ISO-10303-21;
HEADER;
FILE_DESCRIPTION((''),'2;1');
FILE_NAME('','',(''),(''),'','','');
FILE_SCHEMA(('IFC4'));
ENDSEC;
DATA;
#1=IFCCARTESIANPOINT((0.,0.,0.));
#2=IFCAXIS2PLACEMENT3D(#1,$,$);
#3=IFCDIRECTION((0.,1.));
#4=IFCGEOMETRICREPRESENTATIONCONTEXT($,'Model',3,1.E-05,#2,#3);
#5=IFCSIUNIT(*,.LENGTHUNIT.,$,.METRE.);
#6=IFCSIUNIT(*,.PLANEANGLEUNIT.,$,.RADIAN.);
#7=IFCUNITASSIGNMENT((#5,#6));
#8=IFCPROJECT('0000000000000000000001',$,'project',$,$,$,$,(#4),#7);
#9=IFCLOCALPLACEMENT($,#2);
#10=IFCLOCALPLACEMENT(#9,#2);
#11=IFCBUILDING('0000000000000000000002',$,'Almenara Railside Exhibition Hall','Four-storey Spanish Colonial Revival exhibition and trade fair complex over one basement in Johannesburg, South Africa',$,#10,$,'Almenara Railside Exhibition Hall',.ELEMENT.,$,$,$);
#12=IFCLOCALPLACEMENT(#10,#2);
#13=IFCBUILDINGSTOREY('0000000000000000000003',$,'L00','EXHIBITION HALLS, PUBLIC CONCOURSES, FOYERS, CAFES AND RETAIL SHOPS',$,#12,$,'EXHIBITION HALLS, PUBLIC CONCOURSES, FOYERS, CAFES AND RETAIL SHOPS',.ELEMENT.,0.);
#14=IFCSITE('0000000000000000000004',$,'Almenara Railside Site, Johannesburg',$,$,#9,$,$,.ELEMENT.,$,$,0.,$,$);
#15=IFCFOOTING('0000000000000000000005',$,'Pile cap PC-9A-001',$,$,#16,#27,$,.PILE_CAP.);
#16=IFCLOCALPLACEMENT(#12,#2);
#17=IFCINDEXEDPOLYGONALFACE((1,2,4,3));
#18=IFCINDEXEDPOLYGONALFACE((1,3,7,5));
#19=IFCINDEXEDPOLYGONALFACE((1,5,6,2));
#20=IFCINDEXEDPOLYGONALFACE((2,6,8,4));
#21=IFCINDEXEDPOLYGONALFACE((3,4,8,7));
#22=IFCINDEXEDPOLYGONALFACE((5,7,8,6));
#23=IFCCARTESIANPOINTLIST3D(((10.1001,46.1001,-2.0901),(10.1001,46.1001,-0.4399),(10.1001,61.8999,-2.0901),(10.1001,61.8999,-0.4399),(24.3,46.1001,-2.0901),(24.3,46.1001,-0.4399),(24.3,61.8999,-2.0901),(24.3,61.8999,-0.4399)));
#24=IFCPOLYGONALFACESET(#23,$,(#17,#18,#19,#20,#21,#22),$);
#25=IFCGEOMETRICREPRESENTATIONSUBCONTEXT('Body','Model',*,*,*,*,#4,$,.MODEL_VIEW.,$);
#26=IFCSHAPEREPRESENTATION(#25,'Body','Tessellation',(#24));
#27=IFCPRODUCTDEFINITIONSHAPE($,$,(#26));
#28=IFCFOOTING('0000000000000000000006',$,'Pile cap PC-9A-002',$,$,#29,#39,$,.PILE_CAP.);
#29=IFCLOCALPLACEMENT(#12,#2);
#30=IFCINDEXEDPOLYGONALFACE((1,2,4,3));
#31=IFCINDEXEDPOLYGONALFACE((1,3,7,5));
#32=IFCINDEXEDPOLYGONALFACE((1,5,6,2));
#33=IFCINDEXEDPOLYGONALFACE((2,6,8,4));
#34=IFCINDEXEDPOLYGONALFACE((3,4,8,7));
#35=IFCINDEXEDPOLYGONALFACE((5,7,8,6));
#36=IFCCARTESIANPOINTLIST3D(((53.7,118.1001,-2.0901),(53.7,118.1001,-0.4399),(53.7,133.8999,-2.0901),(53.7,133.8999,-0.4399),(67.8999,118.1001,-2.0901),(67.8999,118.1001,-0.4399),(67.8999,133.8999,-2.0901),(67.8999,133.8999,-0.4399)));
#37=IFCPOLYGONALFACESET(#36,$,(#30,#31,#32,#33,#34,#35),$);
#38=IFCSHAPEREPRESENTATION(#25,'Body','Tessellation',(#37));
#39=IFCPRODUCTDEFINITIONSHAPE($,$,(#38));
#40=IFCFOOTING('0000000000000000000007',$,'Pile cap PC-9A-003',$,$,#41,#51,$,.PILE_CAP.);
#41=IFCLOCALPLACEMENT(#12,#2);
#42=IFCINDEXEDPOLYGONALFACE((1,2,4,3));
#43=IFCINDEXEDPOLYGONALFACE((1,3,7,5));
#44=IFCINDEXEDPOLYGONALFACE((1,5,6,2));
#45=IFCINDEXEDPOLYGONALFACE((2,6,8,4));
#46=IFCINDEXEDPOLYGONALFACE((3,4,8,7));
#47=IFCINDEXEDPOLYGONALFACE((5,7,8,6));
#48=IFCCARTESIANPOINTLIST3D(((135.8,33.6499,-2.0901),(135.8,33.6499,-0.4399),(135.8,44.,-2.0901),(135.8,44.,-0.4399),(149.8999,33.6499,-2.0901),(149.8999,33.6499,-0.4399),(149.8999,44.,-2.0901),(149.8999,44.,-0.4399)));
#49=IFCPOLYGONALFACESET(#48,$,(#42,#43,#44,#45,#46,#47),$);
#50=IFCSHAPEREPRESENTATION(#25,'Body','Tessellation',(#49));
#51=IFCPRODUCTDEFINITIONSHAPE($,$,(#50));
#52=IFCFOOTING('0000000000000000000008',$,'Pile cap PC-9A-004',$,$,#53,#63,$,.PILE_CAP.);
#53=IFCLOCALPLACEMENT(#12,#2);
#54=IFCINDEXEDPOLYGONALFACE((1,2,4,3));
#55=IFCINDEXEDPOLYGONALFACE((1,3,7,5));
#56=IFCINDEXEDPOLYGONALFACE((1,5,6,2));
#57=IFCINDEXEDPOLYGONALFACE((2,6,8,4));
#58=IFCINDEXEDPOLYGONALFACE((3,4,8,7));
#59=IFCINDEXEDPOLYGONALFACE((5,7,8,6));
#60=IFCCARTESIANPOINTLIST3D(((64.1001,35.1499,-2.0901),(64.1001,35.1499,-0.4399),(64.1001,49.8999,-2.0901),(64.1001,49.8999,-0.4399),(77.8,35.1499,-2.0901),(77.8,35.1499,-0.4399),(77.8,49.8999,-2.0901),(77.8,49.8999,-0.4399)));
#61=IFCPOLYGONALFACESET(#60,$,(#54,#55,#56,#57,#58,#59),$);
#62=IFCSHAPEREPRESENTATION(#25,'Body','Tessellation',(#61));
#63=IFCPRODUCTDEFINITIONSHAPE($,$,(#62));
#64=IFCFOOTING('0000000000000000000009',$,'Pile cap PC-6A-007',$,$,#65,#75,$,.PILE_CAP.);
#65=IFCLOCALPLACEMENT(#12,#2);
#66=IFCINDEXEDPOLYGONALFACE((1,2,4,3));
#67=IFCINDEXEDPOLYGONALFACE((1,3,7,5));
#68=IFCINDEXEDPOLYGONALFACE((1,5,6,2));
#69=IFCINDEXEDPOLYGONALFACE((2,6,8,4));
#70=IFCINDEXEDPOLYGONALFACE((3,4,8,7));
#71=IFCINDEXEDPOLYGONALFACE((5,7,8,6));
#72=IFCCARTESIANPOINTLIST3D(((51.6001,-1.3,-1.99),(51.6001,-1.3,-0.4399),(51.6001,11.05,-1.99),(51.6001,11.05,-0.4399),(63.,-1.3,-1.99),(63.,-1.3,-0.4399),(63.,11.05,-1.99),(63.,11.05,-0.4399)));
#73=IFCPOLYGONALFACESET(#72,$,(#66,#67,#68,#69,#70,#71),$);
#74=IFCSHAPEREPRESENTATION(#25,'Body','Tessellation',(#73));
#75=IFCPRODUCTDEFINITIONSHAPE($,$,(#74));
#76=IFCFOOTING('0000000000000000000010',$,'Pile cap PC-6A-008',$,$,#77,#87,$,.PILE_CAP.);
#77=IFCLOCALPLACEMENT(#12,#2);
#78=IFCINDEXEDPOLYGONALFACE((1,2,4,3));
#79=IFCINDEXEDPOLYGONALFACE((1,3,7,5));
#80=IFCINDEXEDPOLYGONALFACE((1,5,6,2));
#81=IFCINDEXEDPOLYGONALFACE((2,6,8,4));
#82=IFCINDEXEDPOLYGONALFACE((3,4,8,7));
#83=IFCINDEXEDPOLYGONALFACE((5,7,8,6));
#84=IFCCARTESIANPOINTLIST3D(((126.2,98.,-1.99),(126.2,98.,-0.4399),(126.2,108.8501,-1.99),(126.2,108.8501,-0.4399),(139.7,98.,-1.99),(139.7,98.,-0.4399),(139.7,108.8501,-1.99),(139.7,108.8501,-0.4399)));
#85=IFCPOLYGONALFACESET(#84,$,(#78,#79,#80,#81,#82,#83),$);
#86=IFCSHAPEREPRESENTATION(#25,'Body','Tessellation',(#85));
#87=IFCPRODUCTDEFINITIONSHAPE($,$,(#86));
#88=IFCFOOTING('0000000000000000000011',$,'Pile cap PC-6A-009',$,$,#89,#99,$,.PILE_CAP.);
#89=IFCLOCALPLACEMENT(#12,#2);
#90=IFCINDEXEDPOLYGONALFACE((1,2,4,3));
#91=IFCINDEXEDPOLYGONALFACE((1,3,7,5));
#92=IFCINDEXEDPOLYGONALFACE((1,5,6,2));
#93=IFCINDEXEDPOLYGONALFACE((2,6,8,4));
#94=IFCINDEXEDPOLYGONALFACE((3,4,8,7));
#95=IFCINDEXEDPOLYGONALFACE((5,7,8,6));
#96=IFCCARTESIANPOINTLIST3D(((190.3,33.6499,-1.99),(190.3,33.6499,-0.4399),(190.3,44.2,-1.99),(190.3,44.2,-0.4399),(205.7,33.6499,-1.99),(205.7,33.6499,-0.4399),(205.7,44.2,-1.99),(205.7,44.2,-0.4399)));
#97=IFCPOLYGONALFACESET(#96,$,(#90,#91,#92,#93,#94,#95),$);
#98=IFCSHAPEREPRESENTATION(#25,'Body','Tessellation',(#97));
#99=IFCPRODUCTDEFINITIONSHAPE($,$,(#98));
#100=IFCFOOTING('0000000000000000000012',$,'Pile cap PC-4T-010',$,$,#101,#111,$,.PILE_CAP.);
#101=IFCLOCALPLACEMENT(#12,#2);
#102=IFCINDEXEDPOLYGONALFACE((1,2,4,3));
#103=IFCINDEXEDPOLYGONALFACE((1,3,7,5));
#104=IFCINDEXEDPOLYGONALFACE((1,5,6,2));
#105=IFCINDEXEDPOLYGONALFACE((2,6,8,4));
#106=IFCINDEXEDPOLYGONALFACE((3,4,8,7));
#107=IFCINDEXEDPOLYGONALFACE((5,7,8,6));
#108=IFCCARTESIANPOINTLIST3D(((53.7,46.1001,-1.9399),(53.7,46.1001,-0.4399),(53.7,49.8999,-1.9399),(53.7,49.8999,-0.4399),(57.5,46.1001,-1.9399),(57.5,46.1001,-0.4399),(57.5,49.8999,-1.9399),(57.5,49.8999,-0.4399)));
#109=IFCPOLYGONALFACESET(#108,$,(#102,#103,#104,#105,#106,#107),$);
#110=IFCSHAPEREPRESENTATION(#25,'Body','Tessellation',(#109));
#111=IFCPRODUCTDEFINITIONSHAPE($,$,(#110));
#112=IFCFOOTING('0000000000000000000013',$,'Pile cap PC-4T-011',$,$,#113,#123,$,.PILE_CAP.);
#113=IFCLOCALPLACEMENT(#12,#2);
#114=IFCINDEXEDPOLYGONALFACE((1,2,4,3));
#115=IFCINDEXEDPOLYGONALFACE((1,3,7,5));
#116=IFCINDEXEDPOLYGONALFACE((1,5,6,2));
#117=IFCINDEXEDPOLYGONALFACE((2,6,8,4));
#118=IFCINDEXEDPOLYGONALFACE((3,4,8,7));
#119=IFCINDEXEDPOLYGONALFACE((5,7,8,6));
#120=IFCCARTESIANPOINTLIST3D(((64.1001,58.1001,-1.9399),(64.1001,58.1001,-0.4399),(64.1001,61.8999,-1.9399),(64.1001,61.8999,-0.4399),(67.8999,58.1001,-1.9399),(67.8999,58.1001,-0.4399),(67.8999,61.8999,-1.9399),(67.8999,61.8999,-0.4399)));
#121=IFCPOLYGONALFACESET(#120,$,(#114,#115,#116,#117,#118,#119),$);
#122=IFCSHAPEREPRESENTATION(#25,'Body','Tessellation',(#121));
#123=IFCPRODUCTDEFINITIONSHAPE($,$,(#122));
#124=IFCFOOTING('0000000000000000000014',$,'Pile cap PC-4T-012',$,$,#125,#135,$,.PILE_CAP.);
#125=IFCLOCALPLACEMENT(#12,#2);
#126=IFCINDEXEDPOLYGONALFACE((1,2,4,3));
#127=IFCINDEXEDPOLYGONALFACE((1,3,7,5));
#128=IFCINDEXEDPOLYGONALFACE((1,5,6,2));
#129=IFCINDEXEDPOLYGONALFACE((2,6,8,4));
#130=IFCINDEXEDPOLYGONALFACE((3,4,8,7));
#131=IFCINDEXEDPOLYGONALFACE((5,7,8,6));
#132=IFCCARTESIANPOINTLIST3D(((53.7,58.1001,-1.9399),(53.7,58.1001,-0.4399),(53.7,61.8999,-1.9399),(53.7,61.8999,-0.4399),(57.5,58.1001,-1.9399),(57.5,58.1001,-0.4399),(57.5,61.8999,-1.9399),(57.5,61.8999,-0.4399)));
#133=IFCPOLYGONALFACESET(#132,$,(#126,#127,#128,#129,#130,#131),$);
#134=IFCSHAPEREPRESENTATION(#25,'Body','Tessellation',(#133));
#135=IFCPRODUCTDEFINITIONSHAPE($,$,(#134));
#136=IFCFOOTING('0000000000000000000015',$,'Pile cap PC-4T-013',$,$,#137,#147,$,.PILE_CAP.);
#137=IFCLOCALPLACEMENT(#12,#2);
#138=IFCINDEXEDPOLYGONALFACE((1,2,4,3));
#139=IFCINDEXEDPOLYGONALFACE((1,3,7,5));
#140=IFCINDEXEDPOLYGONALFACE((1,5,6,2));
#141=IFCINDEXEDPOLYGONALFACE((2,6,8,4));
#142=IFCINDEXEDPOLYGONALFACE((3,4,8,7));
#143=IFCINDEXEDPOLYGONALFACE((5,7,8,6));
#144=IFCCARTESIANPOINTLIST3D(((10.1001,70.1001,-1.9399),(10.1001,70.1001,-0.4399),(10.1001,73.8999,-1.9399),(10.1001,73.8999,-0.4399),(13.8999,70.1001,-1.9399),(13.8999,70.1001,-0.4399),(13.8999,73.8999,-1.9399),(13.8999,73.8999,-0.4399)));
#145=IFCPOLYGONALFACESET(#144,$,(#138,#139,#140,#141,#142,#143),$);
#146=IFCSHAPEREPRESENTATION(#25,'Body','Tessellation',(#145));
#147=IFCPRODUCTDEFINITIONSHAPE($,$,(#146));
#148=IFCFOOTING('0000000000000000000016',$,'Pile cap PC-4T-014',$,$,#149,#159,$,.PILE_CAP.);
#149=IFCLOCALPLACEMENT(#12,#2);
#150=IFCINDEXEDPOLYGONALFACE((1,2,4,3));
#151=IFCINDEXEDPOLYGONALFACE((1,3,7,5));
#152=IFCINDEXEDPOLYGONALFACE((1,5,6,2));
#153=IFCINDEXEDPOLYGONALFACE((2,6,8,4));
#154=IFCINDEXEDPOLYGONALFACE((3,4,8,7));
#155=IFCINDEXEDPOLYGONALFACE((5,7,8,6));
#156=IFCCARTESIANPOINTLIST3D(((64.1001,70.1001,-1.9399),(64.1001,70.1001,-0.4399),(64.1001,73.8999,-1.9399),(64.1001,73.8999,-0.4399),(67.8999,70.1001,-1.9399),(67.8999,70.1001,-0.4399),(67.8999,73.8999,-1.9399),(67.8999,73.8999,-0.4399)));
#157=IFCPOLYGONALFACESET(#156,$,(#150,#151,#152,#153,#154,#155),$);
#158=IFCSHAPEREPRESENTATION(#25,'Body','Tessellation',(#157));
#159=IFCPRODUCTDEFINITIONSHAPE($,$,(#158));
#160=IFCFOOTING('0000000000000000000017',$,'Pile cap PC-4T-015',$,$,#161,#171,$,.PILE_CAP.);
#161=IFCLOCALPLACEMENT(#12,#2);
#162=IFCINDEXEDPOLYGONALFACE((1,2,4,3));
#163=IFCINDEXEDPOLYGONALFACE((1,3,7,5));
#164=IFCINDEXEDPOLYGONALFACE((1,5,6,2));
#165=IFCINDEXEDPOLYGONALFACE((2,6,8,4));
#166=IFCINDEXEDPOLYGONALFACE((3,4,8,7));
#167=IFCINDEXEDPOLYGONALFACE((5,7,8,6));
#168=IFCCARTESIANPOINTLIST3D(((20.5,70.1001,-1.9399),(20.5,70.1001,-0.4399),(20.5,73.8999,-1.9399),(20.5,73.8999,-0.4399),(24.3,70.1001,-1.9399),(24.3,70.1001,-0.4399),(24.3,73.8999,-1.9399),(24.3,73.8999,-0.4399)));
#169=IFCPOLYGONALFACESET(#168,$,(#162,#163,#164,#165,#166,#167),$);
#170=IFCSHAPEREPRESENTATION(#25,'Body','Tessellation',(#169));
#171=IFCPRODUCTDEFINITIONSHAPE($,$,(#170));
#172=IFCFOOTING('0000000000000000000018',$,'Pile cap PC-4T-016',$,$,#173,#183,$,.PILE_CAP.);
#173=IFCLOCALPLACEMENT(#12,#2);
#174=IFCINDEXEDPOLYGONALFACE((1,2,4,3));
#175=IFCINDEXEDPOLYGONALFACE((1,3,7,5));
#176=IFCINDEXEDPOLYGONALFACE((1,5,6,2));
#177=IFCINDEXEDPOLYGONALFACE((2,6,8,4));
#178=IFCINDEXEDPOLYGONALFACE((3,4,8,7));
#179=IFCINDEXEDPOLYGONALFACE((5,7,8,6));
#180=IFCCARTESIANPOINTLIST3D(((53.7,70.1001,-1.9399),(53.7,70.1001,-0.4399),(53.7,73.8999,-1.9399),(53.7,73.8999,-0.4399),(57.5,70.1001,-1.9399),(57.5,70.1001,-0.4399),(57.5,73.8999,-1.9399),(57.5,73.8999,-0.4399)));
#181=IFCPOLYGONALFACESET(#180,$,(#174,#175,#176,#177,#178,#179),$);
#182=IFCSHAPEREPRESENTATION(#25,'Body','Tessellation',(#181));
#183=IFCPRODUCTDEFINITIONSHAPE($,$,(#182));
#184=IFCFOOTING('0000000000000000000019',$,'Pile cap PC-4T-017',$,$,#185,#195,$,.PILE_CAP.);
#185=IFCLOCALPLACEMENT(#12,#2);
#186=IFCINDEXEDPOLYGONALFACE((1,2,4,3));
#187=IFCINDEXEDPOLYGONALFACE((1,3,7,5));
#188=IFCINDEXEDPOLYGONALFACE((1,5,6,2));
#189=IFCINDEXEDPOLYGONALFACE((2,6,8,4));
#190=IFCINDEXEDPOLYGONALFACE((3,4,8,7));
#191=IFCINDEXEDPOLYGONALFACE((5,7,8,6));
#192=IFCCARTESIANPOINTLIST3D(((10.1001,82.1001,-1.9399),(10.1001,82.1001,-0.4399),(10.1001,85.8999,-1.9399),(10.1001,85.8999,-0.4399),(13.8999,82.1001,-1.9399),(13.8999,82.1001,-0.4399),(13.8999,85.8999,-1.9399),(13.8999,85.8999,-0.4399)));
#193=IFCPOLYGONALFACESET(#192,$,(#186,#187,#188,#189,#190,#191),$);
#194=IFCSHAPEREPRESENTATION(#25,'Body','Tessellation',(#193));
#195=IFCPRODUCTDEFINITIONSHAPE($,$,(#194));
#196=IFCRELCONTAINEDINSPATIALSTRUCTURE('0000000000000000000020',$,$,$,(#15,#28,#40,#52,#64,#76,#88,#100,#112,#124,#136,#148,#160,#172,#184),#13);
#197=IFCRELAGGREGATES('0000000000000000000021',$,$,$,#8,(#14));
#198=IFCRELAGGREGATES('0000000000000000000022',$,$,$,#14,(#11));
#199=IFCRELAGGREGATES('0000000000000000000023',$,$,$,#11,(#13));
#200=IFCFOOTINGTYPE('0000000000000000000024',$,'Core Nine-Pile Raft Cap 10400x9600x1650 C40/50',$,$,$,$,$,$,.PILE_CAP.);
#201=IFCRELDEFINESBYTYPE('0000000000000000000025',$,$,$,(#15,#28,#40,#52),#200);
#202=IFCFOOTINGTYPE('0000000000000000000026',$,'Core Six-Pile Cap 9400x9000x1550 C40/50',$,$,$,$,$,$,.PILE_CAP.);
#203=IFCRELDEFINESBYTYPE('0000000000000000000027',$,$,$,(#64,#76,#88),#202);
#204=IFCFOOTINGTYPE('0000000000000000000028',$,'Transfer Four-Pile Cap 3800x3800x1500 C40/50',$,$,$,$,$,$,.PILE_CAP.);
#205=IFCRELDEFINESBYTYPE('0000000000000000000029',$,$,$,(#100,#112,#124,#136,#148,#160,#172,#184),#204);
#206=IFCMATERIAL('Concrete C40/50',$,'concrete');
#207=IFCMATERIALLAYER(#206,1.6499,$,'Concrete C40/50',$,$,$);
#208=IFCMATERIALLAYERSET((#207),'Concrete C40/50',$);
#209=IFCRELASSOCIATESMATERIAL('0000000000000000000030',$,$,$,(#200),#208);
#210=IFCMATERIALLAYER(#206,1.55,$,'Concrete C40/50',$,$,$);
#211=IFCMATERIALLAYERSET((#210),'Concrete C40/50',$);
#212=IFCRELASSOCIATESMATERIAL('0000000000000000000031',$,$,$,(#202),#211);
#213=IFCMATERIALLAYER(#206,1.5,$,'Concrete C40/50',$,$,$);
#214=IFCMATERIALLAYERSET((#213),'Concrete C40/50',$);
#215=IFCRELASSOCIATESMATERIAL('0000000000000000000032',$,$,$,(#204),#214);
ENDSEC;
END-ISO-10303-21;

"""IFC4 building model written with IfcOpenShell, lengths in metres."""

from ifc_helpers import new_model, si_unit, direction, frame, origin, place, context, subcontext, project, spatial, polyline, outline, extrude, material, layer, layer_set, type_object, element, save


model = new_model("IFC4")

# Units and contexts
model_context = context("Model", 3, precision=1e-05, world=origin(), true_north=direction((0.0, 1.0)))
body_context = subcontext(model_context, "Body", "Model", "MODEL_VIEW")
ifc_project = project(units=[si_unit("LENGTHUNIT", "METRE"), si_unit("PLANEANGLEUNIT", "RADIAN")], contexts=[model_context])

# Site, building, storey
site_placement = place(None, origin())
site = spatial("IfcSite", under=ifc_project, at=site_placement, Name="Almenara Railside Site, Johannesburg", CompositionType="ELEMENT", RefElevation=0.0)
building_placement = place(site_placement, origin())
building = spatial("IfcBuilding", under=site, at=building_placement, Name="Almenara Railside Exhibition Hall", Description="Four-storey Spanish Colonial Revival exhibition and trade fair complex over one basement in Johannesburg, South Africa", LongName="Almenara Railside Exhibition Hall", CompositionType="ELEMENT")
storey_placement = place(building_placement, origin())
storey = spatial("IfcBuildingStorey", under=building, at=storey_placement, Name="L00", Description="EXHIBITION HALLS, PUBLIC CONCOURSES, FOYERS, CAFES AND RETAIL SHOPS", LongName="EXHIBITION HALLS, PUBLIC CONCOURSES, FOYERS, CAFES AND RETAIL SHOPS", CompositionType="ELEMENT", Elevation=0.0)

# Footings
ifc_material = material(Name="Concrete C40/50", Category="concrete")
ifc_layer_1 = layer(ifc_material, 1.6499, Name="Concrete C40/50")
ifc_layer_set_1 = layer_set([ifc_layer_1], Name="Concrete C40/50")
footing_type_1 = type_object("IfcFootingType", Name="Core Nine-Pile Raft Cap 10400x9600x1650 C40/50", PredefinedType="PILE_CAP", material=ifc_layer_set_1)
footing_1_placement = place(storey_placement, frame((0.0, 0.0, -2.0901)))
element("IfcFooting", 1, at=footing_1_placement, inside=storey, type_object=footing_type_1, Name="Pile cap PC-9A-001", PredefinedType="PILE_CAP", context=body_context, shape_type="SweptSolid", body=[
    extrude(outline(polyline([(10.1001, 46.1001), (24.3, 46.1001), (24.3, 61.8999), (10.1001, 61.8999), (10.1001, 46.1001)])), origin(), (0.0, 0.0, 1.0), 1.6501),
])
footing_2_placement = place(storey_placement, frame((0.0, 0.0, -2.0901)))
element("IfcFooting", 2, at=footing_2_placement, inside=storey, type_object=footing_type_1, Name="Pile cap PC-9A-002", PredefinedType="PILE_CAP", context=body_context, shape_type="SweptSolid", body=[
    extrude(outline(polyline([(53.7, 118.1001), (67.8999, 118.1001), (67.8999, 133.8999), (53.7, 133.8999), (53.7, 118.1001)])), origin(), (0.0, 0.0, 1.0), 1.6501),
])
footing_3_placement = place(storey_placement, frame((0.0, 0.0, -2.0901)))
element("IfcFooting", 3, at=footing_3_placement, inside=storey, type_object=footing_type_1, Name="Pile cap PC-9A-003", PredefinedType="PILE_CAP", context=body_context, shape_type="SweptSolid", body=[
    extrude(outline(polyline([(135.8, 33.6499), (149.8999, 33.6499), (149.8999, 44.0), (135.8, 44.0), (135.8, 33.6499)])), origin(), (0.0, 0.0, 1.0), 1.6501),
])
footing_4_placement = place(storey_placement, frame((0.0, 0.0, -2.0901)))
element("IfcFooting", 4, at=footing_4_placement, inside=storey, type_object=footing_type_1, Name="Pile cap PC-9A-004", PredefinedType="PILE_CAP", context=body_context, shape_type="SweptSolid", body=[
    extrude(outline(polyline([(64.1001, 35.1499), (77.8, 35.1499), (77.8, 49.8999), (64.1001, 49.8999), (64.1001, 35.1499)])), origin(), (0.0, 0.0, 1.0), 1.6501),
])
ifc_layer_2 = layer(ifc_material, 1.55, Name="Concrete C40/50")
ifc_layer_set_2 = layer_set([ifc_layer_2], Name="Concrete C40/50")
footing_type_2 = type_object("IfcFootingType", Name="Core Six-Pile Cap 9400x9000x1550 C40/50", PredefinedType="PILE_CAP", material=ifc_layer_set_2)
footing_5_placement = place(storey_placement, frame((0.0, 0.0, -1.99)))
element("IfcFooting", 5, at=footing_5_placement, inside=storey, type_object=footing_type_2, Name="Pile cap PC-6A-007", PredefinedType="PILE_CAP", context=body_context, shape_type="SweptSolid", body=[
    extrude(outline(polyline([(51.6001, -1.3), (63.0, -1.3), (63.0, 11.05), (51.6001, 11.05), (51.6001, -1.3)])), origin(), (0.0, 0.0, 1.0), 1.55),
])
footing_6_placement = place(storey_placement, frame((0.0, 0.0, -1.99)))
element("IfcFooting", 6, at=footing_6_placement, inside=storey, type_object=footing_type_2, Name="Pile cap PC-6A-008", PredefinedType="PILE_CAP", context=body_context, shape_type="SweptSolid", body=[
    extrude(outline(polyline([(126.2, 98.0), (139.7, 98.0), (139.7, 108.8501), (126.2, 108.8501), (126.2, 98.0)])), origin(), (0.0, 0.0, 1.0), 1.55),
])
footing_7_placement = place(storey_placement, frame((0.0, 0.0, -1.99)))
element("IfcFooting", 7, at=footing_7_placement, inside=storey, type_object=footing_type_2, Name="Pile cap PC-6A-009", PredefinedType="PILE_CAP", context=body_context, shape_type="SweptSolid", body=[
    extrude(outline(polyline([(190.3, 33.6499), (205.7, 33.6499), (205.7, 44.2), (190.3, 44.2), (190.3, 33.6499)])), origin(), (0.0, 0.0, 1.0), 1.55),
])
ifc_layer_3 = layer(ifc_material, 1.5, Name="Concrete C40/50")
ifc_layer_set_3 = layer_set([ifc_layer_3], Name="Concrete C40/50")
footing_type_3 = type_object("IfcFootingType", Name="Transfer Four-Pile Cap 3800x3800x1500 C40/50", PredefinedType="PILE_CAP", material=ifc_layer_set_3)
footing_8_placement = place(storey_placement, frame((0.0, 0.0, -1.9399)))
element("IfcFooting", 8, at=footing_8_placement, inside=storey, type_object=footing_type_3, Name="Pile cap PC-4T-010", PredefinedType="PILE_CAP", context=body_context, shape_type="SweptSolid", body=[
    extrude(outline(polyline([(53.7, 46.1001), (57.5, 46.1001), (57.5, 49.8999), (53.7, 49.8999), (53.7, 46.1001)])), origin(), (0.0, 0.0, 1.0), 1.5),
])
footing_9_placement = place(storey_placement, frame((0.0, 0.0, -1.9399)))
element("IfcFooting", 9, at=footing_9_placement, inside=storey, type_object=footing_type_3, Name="Pile cap PC-4T-011", PredefinedType="PILE_CAP", context=body_context, shape_type="SweptSolid", body=[
    extrude(outline(polyline([(64.1001, 58.1001), (67.8999, 58.1001), (67.8999, 61.8999), (64.1001, 61.8999), (64.1001, 58.1001)])), origin(), (0.0, 0.0, 1.0), 1.5),
])
footing_10_placement = place(storey_placement, frame((0.0, 0.0, -1.9399)))
element("IfcFooting", 10, at=footing_10_placement, inside=storey, type_object=footing_type_3, Name="Pile cap PC-4T-012", PredefinedType="PILE_CAP", context=body_context, shape_type="SweptSolid", body=[
    extrude(outline(polyline([(53.7, 58.1001), (57.5, 58.1001), (57.5, 61.8999), (53.7, 61.8999), (53.7, 58.1001)])), origin(), (0.0, 0.0, 1.0), 1.5),
])
footing_11_placement = place(storey_placement, frame((0.0, 0.0, -1.9399)))
element("IfcFooting", 11, at=footing_11_placement, inside=storey, type_object=footing_type_3, Name="Pile cap PC-4T-013", PredefinedType="PILE_CAP", context=body_context, shape_type="SweptSolid", body=[
    extrude(outline(polyline([(10.1001, 70.1001), (13.8999, 70.1001), (13.8999, 73.8999), (10.1001, 73.8999), (10.1001, 70.1001)])), origin(), (0.0, 0.0, 1.0), 1.5),
])
footing_12_placement = place(storey_placement, frame((0.0, 0.0, -1.9399)))
element("IfcFooting", 12, at=footing_12_placement, inside=storey, type_object=footing_type_3, Name="Pile cap PC-4T-014", PredefinedType="PILE_CAP", context=body_context, shape_type="SweptSolid", body=[
    extrude(outline(polyline([(64.1001, 70.1001), (67.8999, 70.1001), (67.8999, 73.8999), (64.1001, 73.8999), (64.1001, 70.1001)])), origin(), (0.0, 0.0, 1.0), 1.5),
])
footing_13_placement = place(storey_placement, frame((0.0, 0.0, -1.9399)))
element("IfcFooting", 13, at=footing_13_placement, inside=storey, type_object=footing_type_3, Name="Pile cap PC-4T-015", PredefinedType="PILE_CAP", context=body_context, shape_type="SweptSolid", body=[
    extrude(outline(polyline([(20.5, 70.1001), (24.3, 70.1001), (24.3, 73.8999), (20.5, 73.8999), (20.5, 70.1001)])), origin(), (0.0, 0.0, 1.0), 1.5),
])
footing_14_placement = place(storey_placement, frame((0.0, 0.0, -1.9399)))
element("IfcFooting", 14, at=footing_14_placement, inside=storey, type_object=footing_type_3, Name="Pile cap PC-4T-016", PredefinedType="PILE_CAP", context=body_context, shape_type="SweptSolid", body=[
    extrude(outline(polyline([(53.7, 70.1001), (57.5, 70.1001), (57.5, 73.8999), (53.7, 73.8999), (53.7, 70.1001)])), origin(), (0.0, 0.0, 1.0), 1.5),
])
footing_15_placement = place(storey_placement, frame((0.0, 0.0, -1.9399)))
element("IfcFooting", 15, at=footing_15_placement, inside=storey, type_object=footing_type_3, Name="Pile cap PC-4T-017", PredefinedType="PILE_CAP", context=body_context, shape_type="SweptSolid", body=[
    extrude(outline(polyline([(10.1001, 82.1001), (13.8999, 82.1001), (13.8999, 85.8999), (10.1001, 85.8999), (10.1001, 82.1001)])), origin(), (0.0, 0.0, 1.0), 1.5),
])

save(model, "model.ifc")
